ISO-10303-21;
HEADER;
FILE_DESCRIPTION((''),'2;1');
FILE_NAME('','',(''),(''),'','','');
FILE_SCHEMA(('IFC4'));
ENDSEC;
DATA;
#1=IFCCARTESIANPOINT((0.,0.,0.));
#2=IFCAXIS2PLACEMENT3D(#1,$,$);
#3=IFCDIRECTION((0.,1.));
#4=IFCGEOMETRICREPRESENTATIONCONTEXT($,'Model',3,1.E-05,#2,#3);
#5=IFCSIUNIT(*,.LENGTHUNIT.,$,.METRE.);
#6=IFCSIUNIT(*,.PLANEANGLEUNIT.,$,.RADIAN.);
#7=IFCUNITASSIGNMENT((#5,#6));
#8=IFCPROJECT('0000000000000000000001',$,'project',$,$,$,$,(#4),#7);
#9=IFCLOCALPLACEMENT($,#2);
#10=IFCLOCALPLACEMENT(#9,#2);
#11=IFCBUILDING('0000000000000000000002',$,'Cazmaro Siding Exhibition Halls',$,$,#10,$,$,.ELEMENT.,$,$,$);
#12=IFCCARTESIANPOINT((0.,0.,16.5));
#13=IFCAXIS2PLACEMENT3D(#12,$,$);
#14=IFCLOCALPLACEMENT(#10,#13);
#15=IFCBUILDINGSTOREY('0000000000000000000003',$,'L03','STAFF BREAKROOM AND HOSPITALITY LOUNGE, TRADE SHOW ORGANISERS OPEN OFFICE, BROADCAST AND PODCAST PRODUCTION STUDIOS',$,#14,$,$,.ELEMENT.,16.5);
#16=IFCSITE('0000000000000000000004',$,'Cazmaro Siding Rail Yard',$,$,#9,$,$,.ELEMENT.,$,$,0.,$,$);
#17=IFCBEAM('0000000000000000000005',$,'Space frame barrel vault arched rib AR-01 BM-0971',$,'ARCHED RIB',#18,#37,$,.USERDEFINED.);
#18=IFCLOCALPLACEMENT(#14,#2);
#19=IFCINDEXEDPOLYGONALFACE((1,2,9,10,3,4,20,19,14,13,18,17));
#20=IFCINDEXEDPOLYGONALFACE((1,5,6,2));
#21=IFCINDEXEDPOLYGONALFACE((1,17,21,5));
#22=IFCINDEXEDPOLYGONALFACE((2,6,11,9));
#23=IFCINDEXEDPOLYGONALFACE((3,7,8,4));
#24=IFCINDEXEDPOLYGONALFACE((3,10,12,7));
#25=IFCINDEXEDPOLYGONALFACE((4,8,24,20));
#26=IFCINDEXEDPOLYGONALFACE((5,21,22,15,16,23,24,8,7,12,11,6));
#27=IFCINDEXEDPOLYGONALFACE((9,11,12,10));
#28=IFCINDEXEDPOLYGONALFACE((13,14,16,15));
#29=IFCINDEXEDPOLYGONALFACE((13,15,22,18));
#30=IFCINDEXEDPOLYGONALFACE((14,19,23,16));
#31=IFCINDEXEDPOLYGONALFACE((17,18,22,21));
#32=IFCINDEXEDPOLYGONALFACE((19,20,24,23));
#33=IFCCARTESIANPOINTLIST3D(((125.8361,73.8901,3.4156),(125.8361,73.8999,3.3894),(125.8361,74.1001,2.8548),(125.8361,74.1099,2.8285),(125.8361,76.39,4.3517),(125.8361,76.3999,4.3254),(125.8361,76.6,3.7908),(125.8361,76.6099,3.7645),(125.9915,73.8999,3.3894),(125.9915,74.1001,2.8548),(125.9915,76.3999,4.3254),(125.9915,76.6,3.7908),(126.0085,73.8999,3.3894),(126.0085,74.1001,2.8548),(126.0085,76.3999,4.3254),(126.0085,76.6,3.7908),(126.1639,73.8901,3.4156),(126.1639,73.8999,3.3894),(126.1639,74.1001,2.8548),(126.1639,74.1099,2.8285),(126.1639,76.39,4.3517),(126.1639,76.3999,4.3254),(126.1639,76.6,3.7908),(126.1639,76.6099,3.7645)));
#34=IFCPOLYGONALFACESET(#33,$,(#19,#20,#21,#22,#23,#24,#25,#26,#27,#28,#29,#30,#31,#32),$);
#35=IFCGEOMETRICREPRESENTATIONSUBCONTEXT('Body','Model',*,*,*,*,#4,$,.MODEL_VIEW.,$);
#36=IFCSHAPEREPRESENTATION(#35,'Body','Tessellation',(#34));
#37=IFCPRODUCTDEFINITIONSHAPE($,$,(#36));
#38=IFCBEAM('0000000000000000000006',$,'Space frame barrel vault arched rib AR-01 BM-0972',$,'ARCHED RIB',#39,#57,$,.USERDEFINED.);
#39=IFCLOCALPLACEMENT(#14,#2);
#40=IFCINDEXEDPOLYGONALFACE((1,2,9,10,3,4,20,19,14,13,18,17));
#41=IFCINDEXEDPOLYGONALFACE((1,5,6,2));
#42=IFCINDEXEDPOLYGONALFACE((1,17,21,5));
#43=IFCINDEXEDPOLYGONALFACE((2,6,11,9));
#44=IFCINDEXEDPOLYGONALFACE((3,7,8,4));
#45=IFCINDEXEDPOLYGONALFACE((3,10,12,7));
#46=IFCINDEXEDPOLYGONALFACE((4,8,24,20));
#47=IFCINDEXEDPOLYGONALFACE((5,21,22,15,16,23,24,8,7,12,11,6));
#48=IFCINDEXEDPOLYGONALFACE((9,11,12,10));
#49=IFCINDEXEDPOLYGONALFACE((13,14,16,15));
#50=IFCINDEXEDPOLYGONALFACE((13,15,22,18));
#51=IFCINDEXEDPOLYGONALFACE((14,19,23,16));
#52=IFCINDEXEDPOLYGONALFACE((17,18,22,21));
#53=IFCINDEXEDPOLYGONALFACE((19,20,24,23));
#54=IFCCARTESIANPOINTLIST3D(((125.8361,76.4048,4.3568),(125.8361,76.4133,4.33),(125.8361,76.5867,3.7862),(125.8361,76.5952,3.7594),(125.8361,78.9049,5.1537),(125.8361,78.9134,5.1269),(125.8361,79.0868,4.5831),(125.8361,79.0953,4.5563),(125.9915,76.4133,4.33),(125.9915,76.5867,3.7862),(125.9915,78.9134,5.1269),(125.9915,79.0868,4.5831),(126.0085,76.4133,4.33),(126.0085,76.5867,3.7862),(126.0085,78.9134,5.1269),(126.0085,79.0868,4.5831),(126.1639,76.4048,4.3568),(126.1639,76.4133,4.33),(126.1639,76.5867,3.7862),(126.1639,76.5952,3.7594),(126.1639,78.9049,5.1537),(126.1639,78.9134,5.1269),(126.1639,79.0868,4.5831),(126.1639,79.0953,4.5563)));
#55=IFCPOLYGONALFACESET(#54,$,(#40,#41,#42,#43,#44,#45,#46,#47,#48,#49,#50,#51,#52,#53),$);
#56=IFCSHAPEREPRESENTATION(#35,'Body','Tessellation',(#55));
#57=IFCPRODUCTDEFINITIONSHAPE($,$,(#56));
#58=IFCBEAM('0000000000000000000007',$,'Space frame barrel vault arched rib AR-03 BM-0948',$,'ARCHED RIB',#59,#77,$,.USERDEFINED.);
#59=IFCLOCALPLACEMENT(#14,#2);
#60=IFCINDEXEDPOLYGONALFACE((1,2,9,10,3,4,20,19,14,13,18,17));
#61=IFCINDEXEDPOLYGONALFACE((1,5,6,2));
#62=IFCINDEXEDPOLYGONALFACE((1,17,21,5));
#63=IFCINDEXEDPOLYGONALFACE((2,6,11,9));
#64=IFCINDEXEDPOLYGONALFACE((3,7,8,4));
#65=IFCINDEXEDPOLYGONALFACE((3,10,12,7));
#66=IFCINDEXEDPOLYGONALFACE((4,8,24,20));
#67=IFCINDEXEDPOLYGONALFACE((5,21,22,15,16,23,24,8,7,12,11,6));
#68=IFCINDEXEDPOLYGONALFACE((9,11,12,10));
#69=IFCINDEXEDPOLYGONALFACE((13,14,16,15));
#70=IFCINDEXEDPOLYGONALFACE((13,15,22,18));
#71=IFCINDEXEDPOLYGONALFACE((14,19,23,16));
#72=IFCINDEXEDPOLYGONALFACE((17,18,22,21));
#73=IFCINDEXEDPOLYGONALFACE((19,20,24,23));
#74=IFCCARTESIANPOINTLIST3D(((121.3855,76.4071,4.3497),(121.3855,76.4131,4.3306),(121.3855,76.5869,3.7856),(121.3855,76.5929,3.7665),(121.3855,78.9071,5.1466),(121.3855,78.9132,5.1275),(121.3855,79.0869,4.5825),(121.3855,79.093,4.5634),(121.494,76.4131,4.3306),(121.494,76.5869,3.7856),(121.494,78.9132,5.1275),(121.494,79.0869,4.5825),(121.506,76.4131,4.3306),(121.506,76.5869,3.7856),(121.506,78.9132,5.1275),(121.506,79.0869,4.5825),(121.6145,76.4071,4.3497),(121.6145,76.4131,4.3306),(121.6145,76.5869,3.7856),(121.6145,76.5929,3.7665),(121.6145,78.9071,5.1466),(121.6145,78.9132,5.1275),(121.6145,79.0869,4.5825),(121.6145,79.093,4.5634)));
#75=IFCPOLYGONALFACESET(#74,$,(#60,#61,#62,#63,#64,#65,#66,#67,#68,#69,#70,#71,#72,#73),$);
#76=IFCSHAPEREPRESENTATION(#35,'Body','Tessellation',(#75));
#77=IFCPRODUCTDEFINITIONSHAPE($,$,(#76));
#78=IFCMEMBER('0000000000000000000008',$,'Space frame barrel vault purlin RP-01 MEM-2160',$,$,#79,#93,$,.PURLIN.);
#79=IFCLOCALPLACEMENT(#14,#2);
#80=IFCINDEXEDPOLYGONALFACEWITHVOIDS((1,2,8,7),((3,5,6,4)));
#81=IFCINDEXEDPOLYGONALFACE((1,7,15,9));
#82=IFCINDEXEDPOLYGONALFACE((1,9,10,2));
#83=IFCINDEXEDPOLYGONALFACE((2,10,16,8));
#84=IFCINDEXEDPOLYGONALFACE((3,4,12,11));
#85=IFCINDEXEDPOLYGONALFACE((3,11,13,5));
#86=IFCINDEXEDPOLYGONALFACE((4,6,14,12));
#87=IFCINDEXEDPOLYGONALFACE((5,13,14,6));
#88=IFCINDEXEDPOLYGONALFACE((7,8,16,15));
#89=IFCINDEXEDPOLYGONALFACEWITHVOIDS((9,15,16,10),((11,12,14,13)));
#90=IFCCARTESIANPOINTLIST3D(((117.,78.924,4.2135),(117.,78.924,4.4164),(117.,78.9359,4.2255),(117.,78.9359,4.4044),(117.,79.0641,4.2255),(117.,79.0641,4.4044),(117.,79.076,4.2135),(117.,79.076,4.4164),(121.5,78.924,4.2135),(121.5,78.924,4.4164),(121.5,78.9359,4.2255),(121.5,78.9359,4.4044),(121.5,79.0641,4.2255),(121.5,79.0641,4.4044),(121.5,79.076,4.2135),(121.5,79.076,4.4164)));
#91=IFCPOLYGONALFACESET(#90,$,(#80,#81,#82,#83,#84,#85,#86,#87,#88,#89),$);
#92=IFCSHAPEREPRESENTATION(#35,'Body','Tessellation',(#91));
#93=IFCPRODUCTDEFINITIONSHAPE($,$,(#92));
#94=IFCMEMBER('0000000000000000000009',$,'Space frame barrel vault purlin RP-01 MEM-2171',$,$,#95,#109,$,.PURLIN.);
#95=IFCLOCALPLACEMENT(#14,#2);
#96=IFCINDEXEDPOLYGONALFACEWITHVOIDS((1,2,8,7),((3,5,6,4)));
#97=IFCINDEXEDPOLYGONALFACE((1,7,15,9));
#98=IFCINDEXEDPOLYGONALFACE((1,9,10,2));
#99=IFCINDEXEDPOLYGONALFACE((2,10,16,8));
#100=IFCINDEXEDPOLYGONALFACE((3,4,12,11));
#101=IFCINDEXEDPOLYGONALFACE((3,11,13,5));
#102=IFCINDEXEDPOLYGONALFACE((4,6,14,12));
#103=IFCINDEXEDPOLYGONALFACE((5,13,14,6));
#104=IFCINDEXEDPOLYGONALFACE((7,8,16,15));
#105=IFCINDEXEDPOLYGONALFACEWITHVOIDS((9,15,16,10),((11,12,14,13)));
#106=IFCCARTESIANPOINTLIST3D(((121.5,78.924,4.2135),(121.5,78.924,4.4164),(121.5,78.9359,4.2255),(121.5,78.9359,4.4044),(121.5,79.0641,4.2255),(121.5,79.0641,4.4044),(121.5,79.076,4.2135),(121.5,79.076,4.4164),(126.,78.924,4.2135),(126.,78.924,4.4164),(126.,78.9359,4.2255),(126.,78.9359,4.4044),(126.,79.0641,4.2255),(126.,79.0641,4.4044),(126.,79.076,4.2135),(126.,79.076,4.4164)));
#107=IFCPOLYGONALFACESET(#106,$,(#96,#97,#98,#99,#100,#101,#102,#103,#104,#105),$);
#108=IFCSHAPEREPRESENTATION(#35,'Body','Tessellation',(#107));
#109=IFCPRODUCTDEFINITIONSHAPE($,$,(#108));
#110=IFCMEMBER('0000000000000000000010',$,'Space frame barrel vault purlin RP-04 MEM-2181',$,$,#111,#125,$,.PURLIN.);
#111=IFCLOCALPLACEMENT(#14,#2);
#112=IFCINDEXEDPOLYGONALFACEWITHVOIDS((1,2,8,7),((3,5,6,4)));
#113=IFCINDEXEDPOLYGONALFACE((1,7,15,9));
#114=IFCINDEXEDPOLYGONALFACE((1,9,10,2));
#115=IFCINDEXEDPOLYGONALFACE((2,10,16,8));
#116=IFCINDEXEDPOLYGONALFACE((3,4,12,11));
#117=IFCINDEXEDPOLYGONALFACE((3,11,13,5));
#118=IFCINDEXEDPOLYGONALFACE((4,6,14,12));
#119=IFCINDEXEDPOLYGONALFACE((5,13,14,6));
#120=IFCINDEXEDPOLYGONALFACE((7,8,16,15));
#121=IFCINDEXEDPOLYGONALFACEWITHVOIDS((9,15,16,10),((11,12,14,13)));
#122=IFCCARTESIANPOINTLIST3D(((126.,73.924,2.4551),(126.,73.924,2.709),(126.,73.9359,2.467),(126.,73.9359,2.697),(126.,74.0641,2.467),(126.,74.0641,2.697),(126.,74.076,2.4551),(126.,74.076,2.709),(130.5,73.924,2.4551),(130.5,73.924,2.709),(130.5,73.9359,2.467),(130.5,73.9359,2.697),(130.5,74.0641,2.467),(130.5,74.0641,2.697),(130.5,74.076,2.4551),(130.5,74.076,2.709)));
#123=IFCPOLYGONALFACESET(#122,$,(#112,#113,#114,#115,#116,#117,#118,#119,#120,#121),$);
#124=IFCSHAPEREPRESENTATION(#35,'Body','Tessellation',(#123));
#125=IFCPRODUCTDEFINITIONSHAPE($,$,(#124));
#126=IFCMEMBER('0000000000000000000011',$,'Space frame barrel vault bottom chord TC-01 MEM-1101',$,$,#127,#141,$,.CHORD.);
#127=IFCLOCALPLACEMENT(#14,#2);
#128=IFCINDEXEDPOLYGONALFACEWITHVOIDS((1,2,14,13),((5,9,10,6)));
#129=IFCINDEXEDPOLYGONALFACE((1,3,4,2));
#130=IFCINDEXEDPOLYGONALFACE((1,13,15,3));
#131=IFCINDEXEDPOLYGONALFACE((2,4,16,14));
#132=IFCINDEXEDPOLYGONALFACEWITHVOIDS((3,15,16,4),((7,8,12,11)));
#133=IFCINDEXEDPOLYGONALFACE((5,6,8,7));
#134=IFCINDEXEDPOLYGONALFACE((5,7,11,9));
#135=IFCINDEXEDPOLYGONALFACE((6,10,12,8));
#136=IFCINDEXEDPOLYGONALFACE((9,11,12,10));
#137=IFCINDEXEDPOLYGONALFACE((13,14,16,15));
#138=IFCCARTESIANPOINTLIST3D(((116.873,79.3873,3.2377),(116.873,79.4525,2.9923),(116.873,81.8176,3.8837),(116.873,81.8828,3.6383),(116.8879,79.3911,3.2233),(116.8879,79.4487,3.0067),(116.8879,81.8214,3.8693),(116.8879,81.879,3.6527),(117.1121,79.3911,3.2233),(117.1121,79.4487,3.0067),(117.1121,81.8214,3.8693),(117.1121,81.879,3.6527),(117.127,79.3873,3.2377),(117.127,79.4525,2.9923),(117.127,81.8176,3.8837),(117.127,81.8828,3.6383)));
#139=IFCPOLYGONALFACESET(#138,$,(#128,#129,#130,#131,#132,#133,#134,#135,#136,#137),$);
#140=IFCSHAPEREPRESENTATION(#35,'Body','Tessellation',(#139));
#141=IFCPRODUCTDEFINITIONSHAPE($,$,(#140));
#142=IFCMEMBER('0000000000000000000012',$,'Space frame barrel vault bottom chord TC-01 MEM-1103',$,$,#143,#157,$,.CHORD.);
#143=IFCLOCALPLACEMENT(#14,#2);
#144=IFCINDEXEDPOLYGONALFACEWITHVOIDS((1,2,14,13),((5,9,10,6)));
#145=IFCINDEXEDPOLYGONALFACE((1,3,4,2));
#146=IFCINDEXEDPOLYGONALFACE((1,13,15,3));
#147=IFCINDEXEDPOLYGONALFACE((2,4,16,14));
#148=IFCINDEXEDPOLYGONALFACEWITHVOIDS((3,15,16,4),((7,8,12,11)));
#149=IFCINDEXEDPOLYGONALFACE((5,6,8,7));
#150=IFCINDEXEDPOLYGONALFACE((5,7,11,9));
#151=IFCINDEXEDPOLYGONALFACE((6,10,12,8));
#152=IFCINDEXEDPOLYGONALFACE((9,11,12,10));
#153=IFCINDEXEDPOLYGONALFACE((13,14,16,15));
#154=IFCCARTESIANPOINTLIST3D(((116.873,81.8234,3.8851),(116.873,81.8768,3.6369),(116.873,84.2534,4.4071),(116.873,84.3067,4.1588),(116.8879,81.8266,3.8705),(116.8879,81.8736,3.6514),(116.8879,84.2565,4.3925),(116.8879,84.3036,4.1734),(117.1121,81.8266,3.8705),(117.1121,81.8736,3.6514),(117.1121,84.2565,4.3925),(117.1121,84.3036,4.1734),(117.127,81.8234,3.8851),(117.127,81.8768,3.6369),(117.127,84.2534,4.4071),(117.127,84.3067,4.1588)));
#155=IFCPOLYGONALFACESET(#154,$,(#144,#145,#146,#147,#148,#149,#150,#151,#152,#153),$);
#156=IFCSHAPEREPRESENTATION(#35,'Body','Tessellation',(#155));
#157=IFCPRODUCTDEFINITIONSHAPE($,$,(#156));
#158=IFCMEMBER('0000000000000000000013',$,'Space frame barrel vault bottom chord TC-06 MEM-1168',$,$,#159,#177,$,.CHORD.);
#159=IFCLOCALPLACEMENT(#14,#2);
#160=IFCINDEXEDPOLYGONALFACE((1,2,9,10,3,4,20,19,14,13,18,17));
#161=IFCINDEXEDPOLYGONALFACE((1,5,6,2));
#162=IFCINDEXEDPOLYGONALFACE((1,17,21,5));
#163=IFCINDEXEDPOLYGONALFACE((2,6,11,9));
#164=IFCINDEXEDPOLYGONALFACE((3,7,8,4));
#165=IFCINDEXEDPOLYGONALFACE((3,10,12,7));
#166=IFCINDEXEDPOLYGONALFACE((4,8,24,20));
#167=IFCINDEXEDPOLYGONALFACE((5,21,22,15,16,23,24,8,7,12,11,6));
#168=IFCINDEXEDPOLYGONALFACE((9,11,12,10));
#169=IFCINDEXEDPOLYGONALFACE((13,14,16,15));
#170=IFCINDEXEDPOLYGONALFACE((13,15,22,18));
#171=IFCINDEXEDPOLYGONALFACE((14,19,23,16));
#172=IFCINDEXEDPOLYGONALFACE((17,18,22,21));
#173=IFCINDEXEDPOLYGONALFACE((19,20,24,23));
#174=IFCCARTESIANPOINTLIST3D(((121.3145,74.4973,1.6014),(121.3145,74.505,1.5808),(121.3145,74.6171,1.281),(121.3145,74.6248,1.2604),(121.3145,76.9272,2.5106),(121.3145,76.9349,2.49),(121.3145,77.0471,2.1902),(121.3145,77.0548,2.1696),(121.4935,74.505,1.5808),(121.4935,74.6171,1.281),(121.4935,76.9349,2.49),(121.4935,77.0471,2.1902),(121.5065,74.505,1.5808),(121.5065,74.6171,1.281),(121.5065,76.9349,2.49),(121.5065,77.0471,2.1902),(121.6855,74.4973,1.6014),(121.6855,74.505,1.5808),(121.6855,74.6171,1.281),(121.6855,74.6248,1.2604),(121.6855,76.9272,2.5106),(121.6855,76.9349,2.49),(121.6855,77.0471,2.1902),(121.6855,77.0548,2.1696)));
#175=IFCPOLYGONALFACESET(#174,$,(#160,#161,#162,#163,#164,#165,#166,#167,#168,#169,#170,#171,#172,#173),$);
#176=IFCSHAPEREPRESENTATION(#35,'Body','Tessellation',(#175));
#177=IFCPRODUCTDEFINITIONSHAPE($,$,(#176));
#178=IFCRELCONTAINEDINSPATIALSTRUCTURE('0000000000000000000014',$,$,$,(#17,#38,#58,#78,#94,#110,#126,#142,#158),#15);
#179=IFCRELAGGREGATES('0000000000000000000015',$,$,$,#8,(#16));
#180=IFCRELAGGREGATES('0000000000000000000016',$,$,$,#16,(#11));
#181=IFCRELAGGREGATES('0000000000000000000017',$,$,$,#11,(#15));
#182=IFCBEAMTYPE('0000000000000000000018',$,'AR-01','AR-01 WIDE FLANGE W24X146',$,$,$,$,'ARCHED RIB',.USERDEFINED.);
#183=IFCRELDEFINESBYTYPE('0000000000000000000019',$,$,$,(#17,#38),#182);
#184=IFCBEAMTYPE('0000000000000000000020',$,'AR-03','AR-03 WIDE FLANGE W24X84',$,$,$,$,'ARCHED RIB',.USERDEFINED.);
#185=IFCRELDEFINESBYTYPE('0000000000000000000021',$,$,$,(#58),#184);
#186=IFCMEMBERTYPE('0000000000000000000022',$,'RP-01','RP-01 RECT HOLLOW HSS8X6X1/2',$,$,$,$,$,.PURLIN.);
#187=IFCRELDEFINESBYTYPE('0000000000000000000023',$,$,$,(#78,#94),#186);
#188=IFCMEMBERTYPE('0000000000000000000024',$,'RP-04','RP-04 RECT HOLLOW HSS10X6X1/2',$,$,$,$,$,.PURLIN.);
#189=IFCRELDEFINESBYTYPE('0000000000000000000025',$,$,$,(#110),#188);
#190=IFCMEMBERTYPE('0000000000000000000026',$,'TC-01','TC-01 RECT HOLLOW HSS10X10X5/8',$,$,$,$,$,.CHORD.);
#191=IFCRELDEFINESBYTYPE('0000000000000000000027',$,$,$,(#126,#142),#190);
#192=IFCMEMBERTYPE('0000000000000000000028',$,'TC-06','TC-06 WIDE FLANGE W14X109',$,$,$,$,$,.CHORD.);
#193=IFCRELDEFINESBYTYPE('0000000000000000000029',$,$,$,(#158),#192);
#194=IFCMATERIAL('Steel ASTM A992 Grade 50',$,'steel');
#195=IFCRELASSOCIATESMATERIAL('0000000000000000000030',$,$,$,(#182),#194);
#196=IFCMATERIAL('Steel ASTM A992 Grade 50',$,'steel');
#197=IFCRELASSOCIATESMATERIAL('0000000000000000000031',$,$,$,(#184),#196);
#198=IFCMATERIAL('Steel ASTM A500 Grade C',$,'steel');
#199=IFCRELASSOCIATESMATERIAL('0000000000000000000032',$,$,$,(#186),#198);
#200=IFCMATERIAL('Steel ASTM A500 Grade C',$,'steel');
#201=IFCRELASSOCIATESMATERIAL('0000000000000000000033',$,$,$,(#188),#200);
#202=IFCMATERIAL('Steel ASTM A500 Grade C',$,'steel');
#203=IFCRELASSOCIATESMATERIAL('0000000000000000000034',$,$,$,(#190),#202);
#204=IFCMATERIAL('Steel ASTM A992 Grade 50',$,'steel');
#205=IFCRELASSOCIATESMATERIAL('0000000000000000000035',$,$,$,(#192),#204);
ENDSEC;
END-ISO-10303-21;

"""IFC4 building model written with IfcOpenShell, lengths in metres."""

from ifc_helpers import new_model, si_unit, direction, frame, origin, origin_2d, place, context, subcontext, project, spatial, hollow_rectangle, i_section, extrude, material, material_profile, profile_set, type_object, element, save


model = new_model("IFC4")

# Units and contexts
model_context = context("Model", 3, precision=1e-05, world=origin(), true_north=direction((0.0, 1.0)))
body_context = subcontext(model_context, "Body", "Model", "MODEL_VIEW")
ifc_project = project(units=[si_unit("LENGTHUNIT", "METRE"), si_unit("PLANEANGLEUNIT", "RADIAN")], contexts=[model_context])

# Site, building, storey
site_placement = place(None, origin())
site = spatial("IfcSite", under=ifc_project, at=site_placement, Name="Cazmaro Siding Rail Yard", CompositionType="ELEMENT", RefElevation=0.0)
building_placement = place(site_placement, origin())
building = spatial("IfcBuilding", under=site, at=building_placement, Name="Cazmaro Siding Exhibition Halls", CompositionType="ELEMENT")
storey_placement = place(building_placement, frame((0.0, 0.0, 16.5)))
storey = spatial("IfcBuildingStorey", under=building, at=storey_placement, Name="L03", Description="STAFF BREAKROOM AND HOSPITALITY LOUNGE, TRADE SHOW ORGANISERS OPEN OFFICE, BROADCAST AND PODCAST PRODUCTION STUDIOS", CompositionType="ELEMENT", Elevation=16.5)

# Beams
ifc_material_1 = material(Name="Steel ASTM A992 Grade 50", Category="steel")
ifc_material_profile_1 = material_profile(ifc_material_1, i_section(OverallWidth=0.3279, OverallDepth=0.627, WebThickness=0.0171, FlangeThickness=0.0281, at=origin_2d()), Name="W24X146")
ifc_profile_set_1 = profile_set([ifc_material_profile_1], Name="Steel ASTM A992 Grade 50")
beam_type_1 = type_object("IfcBeamType", Name="AR-01", Description="AR-01 WIDE FLANGE W24X146", ElementType="ARCHED RIB", PredefinedType="USERDEFINED", material=ifc_profile_set_1)
beam_1_placement = place(storey_placement, frame((126.0, 74.0, 3.1221), z_axis=(0.0, 0.936509, 0.350642), x_axis=(-1.0, 0.0, 0.0)))
element("IfcBeam", 1, at=beam_1_placement, inside=storey, type_object=beam_type_1, Name="Space frame barrel vault arched rib AR-01 BM-0971", ObjectType="ARCHED RIB", PredefinedType="USERDEFINED", context=body_context, shape_type="SweptSolid", body=[
    extrude(i_section(OverallWidth=0.3279, OverallDepth=0.627, WebThickness=0.0171, FlangeThickness=0.0281, at=origin_2d()), origin(), (0.0, 0.0, 1.0), 2.6694),
])
beam_2_placement = place(storey_placement, frame((126.0, 76.5, 4.0581), z_axis=(0.0, 0.952769, 0.303695), x_axis=(-1.0, 0.0, 0.0)))
element("IfcBeam", 2, at=beam_2_placement, inside=storey, type_object=beam_type_1, Name="Space frame barrel vault arched rib AR-01 BM-0972", ObjectType="ARCHED RIB", PredefinedType="USERDEFINED", context=body_context, shape_type="SweptSolid", body=[
    extrude(i_section(OverallWidth=0.3279, OverallDepth=0.627, WebThickness=0.0171, FlangeThickness=0.0281, at=origin_2d()), origin(), (0.0, 0.0, 1.0), 2.624),
])
ifc_material_2 = material(Name="Steel ASTM A992 Grade 50", Category="steel")
ifc_material_profile_2 = material_profile(ifc_material_2, i_section(OverallWidth=0.229, OverallDepth=0.6121, WebThickness=0.012, FlangeThickness=0.02, at=origin_2d()), Name="W24X84")
ifc_profile_set_2 = profile_set([ifc_material_profile_2], Name="Steel ASTM A992 Grade 50")
beam_type_2 = type_object("IfcBeamType", Name="AR-03", Description="AR-03 WIDE FLANGE W24X84", ElementType="ARCHED RIB", PredefinedType="USERDEFINED", material=ifc_profile_set_2)
beam_3_placement = place(storey_placement, frame((121.5, 76.5, 4.0581), z_axis=(0.0, 0.952769, 0.303695), x_axis=(-1.0, 0.0, 0.0)))
element("IfcBeam", 3, at=beam_3_placement, inside=storey, type_object=beam_type_2, Name="Space frame barrel vault arched rib AR-03 BM-0948", ObjectType="ARCHED RIB", PredefinedType="USERDEFINED", context=body_context, shape_type="SweptSolid", body=[
    extrude(i_section(OverallWidth=0.229, OverallDepth=0.6121, WebThickness=0.012, FlangeThickness=0.02, at=origin_2d()), origin(), (0.0, 0.0, 1.0), 2.624),
])

# Members
ifc_material_3 = material(Name="Steel ASTM A500 Grade C", Category="steel")
ifc_material_profile_3 = material_profile(ifc_material_3, hollow_rectangle(XDim=0.1521, YDim=0.2029, WallThickness=0.012, at=origin_2d()), Name="HSS8X6X1/2")
ifc_profile_set_3 = profile_set([ifc_material_profile_3], Name="Steel ASTM A500 Grade C")
member_type_1 = type_object("IfcMemberType", Name="RP-01", Description="RP-01 RECT HOLLOW HSS8X6X1/2", PredefinedType="PURLIN", material=ifc_profile_set_3)
for number, where, z_axis, x_axis, name in (
    (4, (117.0, 79.0, 4.3149), (1.0, 0.0, 0.0), (0.0, 1.0, 0.0), "Space frame barrel vault purlin RP-01 MEM-2160"),
    (5, (121.5, 79.0, 4.3149), (1.0, 0.0, 0.0), (0.0, 1.0, 0.0), "Space frame barrel vault purlin RP-01 MEM-2171"),
):
    element("IfcMember", number, at=place(storey_placement, frame(where, z_axis=z_axis, x_axis=x_axis)), inside=storey, type_object=member_type_1, Name=name, PredefinedType="PURLIN", context=body_context, shape_type="SweptSolid", body=[
        extrude(hollow_rectangle(XDim=0.1521, YDim=0.2029, WallThickness=0.012, at=origin_2d()), origin(), (0.0, 0.0, 1.0), 4.5),
    ])
ifc_material_4 = material(Name="Steel ASTM A500 Grade C", Category="steel")
ifc_material_profile_4 = material_profile(ifc_material_4, hollow_rectangle(XDim=0.1521, YDim=0.2539, WallThickness=0.012, at=origin_2d()), Name="HSS10X6X1/2")
ifc_profile_set_4 = profile_set([ifc_material_profile_4], Name="Steel ASTM A500 Grade C")
member_type_2 = type_object("IfcMemberType", Name="RP-04", Description="RP-04 RECT HOLLOW HSS10X6X1/2", PredefinedType="PURLIN", material=ifc_profile_set_4)
member_1_placement = place(storey_placement, frame((126.0, 74.0, 2.582), z_axis=(1.0, 0.0, 0.0), x_axis=(0.0, 1.0, 0.0)))
element("IfcMember", 6, at=member_1_placement, inside=storey, type_object=member_type_2, Name="Space frame barrel vault purlin RP-04 MEM-2181", PredefinedType="PURLIN", context=body_context, shape_type="SweptSolid", body=[
    extrude(hollow_rectangle(XDim=0.1521, YDim=0.2539, WallThickness=0.012, at=origin_2d()), origin(), (0.0, 0.0, 1.0), 4.5),
])
ifc_material_5 = material(Name="Steel ASTM A500 Grade C", Category="steel")
ifc_material_profile_5 = material_profile(ifc_material_5, hollow_rectangle(XDim=0.2539, YDim=0.2539, WallThickness=0.0149, at=origin_2d()), Name="HSS10X10X5/8")
ifc_profile_set_5 = profile_set([ifc_material_profile_5], Name="Steel ASTM A500 Grade C")
member_type_3 = type_object("IfcMemberType", Name="TC-01", Description="TC-01 RECT HOLLOW HSS10X10X5/8", PredefinedType="CHORD", material=ifc_profile_set_5)
member_2_placement = place(storey_placement, frame((117.0, 79.4199, 3.115), z_axis=(0.0, 0.966438, 0.256901), x_axis=(-1.0, 0.0, 0.0)))
element("IfcMember", 7, at=member_2_placement, inside=storey, type_object=member_type_3, Name="Space frame barrel vault bottom chord TC-01 MEM-1101", PredefinedType="CHORD", context=body_context, shape_type="SweptSolid", body=[
    extrude(hollow_rectangle(XDim=0.2539, YDim=0.2539, WallThickness=0.0149, at=origin_2d()), origin(), (0.0, 0.0, 1.0), 2.5146),
])
member_3_placement = place(storey_placement, frame((117.0, 81.8501, 3.761), z_axis=(0.0, 0.977697, 0.210019), x_axis=(-1.0, 0.0, 0.0)))
element("IfcMember", 8, at=member_3_placement, inside=storey, type_object=member_type_3, Name="Space frame barrel vault bottom chord TC-01 MEM-1103", PredefinedType="CHORD", context=body_context, shape_type="SweptSolid", body=[
    extrude(hollow_rectangle(XDim=0.2539, YDim=0.2539, WallThickness=0.0149, at=origin_2d()), origin(), (0.0, 0.0, 1.0), 2.4854),
])
ifc_material_6 = material(Name="Steel ASTM A992 Grade 50", Category="steel")
ifc_material_profile_6 = material_profile(ifc_material_6, i_section(OverallWidth=0.3711, OverallDepth=0.364, WebThickness=0.0129, FlangeThickness=0.022, at=origin_2d()), Name="W14X109")
ifc_profile_set_6 = profile_set([ifc_material_profile_6], Name="Steel ASTM A992 Grade 50")
member_type_4 = type_object("IfcMemberType", Name="TC-06", Description="TC-06 WIDE FLANGE W14X109", PredefinedType="CHORD", material=ifc_profile_set_6)
member_4_placement = place(storey_placement, frame((121.5, 74.561, 1.4309), z_axis=(0.0, 0.936588, 0.350432), x_axis=(-1.0, 0.0, 0.0)))
element("IfcMember", 9, at=member_4_placement, inside=storey, type_object=member_type_4, Name="Space frame barrel vault bottom chord TC-06 MEM-1168", PredefinedType="CHORD", context=body_context, shape_type="SweptSolid", body=[
    extrude(i_section(OverallWidth=0.3711, OverallDepth=0.364, WebThickness=0.0129, FlangeThickness=0.022, at=origin_2d()), origin(), (0.0, 0.0, 1.0), 2.5945),
])

save(model, "model.ifc")
